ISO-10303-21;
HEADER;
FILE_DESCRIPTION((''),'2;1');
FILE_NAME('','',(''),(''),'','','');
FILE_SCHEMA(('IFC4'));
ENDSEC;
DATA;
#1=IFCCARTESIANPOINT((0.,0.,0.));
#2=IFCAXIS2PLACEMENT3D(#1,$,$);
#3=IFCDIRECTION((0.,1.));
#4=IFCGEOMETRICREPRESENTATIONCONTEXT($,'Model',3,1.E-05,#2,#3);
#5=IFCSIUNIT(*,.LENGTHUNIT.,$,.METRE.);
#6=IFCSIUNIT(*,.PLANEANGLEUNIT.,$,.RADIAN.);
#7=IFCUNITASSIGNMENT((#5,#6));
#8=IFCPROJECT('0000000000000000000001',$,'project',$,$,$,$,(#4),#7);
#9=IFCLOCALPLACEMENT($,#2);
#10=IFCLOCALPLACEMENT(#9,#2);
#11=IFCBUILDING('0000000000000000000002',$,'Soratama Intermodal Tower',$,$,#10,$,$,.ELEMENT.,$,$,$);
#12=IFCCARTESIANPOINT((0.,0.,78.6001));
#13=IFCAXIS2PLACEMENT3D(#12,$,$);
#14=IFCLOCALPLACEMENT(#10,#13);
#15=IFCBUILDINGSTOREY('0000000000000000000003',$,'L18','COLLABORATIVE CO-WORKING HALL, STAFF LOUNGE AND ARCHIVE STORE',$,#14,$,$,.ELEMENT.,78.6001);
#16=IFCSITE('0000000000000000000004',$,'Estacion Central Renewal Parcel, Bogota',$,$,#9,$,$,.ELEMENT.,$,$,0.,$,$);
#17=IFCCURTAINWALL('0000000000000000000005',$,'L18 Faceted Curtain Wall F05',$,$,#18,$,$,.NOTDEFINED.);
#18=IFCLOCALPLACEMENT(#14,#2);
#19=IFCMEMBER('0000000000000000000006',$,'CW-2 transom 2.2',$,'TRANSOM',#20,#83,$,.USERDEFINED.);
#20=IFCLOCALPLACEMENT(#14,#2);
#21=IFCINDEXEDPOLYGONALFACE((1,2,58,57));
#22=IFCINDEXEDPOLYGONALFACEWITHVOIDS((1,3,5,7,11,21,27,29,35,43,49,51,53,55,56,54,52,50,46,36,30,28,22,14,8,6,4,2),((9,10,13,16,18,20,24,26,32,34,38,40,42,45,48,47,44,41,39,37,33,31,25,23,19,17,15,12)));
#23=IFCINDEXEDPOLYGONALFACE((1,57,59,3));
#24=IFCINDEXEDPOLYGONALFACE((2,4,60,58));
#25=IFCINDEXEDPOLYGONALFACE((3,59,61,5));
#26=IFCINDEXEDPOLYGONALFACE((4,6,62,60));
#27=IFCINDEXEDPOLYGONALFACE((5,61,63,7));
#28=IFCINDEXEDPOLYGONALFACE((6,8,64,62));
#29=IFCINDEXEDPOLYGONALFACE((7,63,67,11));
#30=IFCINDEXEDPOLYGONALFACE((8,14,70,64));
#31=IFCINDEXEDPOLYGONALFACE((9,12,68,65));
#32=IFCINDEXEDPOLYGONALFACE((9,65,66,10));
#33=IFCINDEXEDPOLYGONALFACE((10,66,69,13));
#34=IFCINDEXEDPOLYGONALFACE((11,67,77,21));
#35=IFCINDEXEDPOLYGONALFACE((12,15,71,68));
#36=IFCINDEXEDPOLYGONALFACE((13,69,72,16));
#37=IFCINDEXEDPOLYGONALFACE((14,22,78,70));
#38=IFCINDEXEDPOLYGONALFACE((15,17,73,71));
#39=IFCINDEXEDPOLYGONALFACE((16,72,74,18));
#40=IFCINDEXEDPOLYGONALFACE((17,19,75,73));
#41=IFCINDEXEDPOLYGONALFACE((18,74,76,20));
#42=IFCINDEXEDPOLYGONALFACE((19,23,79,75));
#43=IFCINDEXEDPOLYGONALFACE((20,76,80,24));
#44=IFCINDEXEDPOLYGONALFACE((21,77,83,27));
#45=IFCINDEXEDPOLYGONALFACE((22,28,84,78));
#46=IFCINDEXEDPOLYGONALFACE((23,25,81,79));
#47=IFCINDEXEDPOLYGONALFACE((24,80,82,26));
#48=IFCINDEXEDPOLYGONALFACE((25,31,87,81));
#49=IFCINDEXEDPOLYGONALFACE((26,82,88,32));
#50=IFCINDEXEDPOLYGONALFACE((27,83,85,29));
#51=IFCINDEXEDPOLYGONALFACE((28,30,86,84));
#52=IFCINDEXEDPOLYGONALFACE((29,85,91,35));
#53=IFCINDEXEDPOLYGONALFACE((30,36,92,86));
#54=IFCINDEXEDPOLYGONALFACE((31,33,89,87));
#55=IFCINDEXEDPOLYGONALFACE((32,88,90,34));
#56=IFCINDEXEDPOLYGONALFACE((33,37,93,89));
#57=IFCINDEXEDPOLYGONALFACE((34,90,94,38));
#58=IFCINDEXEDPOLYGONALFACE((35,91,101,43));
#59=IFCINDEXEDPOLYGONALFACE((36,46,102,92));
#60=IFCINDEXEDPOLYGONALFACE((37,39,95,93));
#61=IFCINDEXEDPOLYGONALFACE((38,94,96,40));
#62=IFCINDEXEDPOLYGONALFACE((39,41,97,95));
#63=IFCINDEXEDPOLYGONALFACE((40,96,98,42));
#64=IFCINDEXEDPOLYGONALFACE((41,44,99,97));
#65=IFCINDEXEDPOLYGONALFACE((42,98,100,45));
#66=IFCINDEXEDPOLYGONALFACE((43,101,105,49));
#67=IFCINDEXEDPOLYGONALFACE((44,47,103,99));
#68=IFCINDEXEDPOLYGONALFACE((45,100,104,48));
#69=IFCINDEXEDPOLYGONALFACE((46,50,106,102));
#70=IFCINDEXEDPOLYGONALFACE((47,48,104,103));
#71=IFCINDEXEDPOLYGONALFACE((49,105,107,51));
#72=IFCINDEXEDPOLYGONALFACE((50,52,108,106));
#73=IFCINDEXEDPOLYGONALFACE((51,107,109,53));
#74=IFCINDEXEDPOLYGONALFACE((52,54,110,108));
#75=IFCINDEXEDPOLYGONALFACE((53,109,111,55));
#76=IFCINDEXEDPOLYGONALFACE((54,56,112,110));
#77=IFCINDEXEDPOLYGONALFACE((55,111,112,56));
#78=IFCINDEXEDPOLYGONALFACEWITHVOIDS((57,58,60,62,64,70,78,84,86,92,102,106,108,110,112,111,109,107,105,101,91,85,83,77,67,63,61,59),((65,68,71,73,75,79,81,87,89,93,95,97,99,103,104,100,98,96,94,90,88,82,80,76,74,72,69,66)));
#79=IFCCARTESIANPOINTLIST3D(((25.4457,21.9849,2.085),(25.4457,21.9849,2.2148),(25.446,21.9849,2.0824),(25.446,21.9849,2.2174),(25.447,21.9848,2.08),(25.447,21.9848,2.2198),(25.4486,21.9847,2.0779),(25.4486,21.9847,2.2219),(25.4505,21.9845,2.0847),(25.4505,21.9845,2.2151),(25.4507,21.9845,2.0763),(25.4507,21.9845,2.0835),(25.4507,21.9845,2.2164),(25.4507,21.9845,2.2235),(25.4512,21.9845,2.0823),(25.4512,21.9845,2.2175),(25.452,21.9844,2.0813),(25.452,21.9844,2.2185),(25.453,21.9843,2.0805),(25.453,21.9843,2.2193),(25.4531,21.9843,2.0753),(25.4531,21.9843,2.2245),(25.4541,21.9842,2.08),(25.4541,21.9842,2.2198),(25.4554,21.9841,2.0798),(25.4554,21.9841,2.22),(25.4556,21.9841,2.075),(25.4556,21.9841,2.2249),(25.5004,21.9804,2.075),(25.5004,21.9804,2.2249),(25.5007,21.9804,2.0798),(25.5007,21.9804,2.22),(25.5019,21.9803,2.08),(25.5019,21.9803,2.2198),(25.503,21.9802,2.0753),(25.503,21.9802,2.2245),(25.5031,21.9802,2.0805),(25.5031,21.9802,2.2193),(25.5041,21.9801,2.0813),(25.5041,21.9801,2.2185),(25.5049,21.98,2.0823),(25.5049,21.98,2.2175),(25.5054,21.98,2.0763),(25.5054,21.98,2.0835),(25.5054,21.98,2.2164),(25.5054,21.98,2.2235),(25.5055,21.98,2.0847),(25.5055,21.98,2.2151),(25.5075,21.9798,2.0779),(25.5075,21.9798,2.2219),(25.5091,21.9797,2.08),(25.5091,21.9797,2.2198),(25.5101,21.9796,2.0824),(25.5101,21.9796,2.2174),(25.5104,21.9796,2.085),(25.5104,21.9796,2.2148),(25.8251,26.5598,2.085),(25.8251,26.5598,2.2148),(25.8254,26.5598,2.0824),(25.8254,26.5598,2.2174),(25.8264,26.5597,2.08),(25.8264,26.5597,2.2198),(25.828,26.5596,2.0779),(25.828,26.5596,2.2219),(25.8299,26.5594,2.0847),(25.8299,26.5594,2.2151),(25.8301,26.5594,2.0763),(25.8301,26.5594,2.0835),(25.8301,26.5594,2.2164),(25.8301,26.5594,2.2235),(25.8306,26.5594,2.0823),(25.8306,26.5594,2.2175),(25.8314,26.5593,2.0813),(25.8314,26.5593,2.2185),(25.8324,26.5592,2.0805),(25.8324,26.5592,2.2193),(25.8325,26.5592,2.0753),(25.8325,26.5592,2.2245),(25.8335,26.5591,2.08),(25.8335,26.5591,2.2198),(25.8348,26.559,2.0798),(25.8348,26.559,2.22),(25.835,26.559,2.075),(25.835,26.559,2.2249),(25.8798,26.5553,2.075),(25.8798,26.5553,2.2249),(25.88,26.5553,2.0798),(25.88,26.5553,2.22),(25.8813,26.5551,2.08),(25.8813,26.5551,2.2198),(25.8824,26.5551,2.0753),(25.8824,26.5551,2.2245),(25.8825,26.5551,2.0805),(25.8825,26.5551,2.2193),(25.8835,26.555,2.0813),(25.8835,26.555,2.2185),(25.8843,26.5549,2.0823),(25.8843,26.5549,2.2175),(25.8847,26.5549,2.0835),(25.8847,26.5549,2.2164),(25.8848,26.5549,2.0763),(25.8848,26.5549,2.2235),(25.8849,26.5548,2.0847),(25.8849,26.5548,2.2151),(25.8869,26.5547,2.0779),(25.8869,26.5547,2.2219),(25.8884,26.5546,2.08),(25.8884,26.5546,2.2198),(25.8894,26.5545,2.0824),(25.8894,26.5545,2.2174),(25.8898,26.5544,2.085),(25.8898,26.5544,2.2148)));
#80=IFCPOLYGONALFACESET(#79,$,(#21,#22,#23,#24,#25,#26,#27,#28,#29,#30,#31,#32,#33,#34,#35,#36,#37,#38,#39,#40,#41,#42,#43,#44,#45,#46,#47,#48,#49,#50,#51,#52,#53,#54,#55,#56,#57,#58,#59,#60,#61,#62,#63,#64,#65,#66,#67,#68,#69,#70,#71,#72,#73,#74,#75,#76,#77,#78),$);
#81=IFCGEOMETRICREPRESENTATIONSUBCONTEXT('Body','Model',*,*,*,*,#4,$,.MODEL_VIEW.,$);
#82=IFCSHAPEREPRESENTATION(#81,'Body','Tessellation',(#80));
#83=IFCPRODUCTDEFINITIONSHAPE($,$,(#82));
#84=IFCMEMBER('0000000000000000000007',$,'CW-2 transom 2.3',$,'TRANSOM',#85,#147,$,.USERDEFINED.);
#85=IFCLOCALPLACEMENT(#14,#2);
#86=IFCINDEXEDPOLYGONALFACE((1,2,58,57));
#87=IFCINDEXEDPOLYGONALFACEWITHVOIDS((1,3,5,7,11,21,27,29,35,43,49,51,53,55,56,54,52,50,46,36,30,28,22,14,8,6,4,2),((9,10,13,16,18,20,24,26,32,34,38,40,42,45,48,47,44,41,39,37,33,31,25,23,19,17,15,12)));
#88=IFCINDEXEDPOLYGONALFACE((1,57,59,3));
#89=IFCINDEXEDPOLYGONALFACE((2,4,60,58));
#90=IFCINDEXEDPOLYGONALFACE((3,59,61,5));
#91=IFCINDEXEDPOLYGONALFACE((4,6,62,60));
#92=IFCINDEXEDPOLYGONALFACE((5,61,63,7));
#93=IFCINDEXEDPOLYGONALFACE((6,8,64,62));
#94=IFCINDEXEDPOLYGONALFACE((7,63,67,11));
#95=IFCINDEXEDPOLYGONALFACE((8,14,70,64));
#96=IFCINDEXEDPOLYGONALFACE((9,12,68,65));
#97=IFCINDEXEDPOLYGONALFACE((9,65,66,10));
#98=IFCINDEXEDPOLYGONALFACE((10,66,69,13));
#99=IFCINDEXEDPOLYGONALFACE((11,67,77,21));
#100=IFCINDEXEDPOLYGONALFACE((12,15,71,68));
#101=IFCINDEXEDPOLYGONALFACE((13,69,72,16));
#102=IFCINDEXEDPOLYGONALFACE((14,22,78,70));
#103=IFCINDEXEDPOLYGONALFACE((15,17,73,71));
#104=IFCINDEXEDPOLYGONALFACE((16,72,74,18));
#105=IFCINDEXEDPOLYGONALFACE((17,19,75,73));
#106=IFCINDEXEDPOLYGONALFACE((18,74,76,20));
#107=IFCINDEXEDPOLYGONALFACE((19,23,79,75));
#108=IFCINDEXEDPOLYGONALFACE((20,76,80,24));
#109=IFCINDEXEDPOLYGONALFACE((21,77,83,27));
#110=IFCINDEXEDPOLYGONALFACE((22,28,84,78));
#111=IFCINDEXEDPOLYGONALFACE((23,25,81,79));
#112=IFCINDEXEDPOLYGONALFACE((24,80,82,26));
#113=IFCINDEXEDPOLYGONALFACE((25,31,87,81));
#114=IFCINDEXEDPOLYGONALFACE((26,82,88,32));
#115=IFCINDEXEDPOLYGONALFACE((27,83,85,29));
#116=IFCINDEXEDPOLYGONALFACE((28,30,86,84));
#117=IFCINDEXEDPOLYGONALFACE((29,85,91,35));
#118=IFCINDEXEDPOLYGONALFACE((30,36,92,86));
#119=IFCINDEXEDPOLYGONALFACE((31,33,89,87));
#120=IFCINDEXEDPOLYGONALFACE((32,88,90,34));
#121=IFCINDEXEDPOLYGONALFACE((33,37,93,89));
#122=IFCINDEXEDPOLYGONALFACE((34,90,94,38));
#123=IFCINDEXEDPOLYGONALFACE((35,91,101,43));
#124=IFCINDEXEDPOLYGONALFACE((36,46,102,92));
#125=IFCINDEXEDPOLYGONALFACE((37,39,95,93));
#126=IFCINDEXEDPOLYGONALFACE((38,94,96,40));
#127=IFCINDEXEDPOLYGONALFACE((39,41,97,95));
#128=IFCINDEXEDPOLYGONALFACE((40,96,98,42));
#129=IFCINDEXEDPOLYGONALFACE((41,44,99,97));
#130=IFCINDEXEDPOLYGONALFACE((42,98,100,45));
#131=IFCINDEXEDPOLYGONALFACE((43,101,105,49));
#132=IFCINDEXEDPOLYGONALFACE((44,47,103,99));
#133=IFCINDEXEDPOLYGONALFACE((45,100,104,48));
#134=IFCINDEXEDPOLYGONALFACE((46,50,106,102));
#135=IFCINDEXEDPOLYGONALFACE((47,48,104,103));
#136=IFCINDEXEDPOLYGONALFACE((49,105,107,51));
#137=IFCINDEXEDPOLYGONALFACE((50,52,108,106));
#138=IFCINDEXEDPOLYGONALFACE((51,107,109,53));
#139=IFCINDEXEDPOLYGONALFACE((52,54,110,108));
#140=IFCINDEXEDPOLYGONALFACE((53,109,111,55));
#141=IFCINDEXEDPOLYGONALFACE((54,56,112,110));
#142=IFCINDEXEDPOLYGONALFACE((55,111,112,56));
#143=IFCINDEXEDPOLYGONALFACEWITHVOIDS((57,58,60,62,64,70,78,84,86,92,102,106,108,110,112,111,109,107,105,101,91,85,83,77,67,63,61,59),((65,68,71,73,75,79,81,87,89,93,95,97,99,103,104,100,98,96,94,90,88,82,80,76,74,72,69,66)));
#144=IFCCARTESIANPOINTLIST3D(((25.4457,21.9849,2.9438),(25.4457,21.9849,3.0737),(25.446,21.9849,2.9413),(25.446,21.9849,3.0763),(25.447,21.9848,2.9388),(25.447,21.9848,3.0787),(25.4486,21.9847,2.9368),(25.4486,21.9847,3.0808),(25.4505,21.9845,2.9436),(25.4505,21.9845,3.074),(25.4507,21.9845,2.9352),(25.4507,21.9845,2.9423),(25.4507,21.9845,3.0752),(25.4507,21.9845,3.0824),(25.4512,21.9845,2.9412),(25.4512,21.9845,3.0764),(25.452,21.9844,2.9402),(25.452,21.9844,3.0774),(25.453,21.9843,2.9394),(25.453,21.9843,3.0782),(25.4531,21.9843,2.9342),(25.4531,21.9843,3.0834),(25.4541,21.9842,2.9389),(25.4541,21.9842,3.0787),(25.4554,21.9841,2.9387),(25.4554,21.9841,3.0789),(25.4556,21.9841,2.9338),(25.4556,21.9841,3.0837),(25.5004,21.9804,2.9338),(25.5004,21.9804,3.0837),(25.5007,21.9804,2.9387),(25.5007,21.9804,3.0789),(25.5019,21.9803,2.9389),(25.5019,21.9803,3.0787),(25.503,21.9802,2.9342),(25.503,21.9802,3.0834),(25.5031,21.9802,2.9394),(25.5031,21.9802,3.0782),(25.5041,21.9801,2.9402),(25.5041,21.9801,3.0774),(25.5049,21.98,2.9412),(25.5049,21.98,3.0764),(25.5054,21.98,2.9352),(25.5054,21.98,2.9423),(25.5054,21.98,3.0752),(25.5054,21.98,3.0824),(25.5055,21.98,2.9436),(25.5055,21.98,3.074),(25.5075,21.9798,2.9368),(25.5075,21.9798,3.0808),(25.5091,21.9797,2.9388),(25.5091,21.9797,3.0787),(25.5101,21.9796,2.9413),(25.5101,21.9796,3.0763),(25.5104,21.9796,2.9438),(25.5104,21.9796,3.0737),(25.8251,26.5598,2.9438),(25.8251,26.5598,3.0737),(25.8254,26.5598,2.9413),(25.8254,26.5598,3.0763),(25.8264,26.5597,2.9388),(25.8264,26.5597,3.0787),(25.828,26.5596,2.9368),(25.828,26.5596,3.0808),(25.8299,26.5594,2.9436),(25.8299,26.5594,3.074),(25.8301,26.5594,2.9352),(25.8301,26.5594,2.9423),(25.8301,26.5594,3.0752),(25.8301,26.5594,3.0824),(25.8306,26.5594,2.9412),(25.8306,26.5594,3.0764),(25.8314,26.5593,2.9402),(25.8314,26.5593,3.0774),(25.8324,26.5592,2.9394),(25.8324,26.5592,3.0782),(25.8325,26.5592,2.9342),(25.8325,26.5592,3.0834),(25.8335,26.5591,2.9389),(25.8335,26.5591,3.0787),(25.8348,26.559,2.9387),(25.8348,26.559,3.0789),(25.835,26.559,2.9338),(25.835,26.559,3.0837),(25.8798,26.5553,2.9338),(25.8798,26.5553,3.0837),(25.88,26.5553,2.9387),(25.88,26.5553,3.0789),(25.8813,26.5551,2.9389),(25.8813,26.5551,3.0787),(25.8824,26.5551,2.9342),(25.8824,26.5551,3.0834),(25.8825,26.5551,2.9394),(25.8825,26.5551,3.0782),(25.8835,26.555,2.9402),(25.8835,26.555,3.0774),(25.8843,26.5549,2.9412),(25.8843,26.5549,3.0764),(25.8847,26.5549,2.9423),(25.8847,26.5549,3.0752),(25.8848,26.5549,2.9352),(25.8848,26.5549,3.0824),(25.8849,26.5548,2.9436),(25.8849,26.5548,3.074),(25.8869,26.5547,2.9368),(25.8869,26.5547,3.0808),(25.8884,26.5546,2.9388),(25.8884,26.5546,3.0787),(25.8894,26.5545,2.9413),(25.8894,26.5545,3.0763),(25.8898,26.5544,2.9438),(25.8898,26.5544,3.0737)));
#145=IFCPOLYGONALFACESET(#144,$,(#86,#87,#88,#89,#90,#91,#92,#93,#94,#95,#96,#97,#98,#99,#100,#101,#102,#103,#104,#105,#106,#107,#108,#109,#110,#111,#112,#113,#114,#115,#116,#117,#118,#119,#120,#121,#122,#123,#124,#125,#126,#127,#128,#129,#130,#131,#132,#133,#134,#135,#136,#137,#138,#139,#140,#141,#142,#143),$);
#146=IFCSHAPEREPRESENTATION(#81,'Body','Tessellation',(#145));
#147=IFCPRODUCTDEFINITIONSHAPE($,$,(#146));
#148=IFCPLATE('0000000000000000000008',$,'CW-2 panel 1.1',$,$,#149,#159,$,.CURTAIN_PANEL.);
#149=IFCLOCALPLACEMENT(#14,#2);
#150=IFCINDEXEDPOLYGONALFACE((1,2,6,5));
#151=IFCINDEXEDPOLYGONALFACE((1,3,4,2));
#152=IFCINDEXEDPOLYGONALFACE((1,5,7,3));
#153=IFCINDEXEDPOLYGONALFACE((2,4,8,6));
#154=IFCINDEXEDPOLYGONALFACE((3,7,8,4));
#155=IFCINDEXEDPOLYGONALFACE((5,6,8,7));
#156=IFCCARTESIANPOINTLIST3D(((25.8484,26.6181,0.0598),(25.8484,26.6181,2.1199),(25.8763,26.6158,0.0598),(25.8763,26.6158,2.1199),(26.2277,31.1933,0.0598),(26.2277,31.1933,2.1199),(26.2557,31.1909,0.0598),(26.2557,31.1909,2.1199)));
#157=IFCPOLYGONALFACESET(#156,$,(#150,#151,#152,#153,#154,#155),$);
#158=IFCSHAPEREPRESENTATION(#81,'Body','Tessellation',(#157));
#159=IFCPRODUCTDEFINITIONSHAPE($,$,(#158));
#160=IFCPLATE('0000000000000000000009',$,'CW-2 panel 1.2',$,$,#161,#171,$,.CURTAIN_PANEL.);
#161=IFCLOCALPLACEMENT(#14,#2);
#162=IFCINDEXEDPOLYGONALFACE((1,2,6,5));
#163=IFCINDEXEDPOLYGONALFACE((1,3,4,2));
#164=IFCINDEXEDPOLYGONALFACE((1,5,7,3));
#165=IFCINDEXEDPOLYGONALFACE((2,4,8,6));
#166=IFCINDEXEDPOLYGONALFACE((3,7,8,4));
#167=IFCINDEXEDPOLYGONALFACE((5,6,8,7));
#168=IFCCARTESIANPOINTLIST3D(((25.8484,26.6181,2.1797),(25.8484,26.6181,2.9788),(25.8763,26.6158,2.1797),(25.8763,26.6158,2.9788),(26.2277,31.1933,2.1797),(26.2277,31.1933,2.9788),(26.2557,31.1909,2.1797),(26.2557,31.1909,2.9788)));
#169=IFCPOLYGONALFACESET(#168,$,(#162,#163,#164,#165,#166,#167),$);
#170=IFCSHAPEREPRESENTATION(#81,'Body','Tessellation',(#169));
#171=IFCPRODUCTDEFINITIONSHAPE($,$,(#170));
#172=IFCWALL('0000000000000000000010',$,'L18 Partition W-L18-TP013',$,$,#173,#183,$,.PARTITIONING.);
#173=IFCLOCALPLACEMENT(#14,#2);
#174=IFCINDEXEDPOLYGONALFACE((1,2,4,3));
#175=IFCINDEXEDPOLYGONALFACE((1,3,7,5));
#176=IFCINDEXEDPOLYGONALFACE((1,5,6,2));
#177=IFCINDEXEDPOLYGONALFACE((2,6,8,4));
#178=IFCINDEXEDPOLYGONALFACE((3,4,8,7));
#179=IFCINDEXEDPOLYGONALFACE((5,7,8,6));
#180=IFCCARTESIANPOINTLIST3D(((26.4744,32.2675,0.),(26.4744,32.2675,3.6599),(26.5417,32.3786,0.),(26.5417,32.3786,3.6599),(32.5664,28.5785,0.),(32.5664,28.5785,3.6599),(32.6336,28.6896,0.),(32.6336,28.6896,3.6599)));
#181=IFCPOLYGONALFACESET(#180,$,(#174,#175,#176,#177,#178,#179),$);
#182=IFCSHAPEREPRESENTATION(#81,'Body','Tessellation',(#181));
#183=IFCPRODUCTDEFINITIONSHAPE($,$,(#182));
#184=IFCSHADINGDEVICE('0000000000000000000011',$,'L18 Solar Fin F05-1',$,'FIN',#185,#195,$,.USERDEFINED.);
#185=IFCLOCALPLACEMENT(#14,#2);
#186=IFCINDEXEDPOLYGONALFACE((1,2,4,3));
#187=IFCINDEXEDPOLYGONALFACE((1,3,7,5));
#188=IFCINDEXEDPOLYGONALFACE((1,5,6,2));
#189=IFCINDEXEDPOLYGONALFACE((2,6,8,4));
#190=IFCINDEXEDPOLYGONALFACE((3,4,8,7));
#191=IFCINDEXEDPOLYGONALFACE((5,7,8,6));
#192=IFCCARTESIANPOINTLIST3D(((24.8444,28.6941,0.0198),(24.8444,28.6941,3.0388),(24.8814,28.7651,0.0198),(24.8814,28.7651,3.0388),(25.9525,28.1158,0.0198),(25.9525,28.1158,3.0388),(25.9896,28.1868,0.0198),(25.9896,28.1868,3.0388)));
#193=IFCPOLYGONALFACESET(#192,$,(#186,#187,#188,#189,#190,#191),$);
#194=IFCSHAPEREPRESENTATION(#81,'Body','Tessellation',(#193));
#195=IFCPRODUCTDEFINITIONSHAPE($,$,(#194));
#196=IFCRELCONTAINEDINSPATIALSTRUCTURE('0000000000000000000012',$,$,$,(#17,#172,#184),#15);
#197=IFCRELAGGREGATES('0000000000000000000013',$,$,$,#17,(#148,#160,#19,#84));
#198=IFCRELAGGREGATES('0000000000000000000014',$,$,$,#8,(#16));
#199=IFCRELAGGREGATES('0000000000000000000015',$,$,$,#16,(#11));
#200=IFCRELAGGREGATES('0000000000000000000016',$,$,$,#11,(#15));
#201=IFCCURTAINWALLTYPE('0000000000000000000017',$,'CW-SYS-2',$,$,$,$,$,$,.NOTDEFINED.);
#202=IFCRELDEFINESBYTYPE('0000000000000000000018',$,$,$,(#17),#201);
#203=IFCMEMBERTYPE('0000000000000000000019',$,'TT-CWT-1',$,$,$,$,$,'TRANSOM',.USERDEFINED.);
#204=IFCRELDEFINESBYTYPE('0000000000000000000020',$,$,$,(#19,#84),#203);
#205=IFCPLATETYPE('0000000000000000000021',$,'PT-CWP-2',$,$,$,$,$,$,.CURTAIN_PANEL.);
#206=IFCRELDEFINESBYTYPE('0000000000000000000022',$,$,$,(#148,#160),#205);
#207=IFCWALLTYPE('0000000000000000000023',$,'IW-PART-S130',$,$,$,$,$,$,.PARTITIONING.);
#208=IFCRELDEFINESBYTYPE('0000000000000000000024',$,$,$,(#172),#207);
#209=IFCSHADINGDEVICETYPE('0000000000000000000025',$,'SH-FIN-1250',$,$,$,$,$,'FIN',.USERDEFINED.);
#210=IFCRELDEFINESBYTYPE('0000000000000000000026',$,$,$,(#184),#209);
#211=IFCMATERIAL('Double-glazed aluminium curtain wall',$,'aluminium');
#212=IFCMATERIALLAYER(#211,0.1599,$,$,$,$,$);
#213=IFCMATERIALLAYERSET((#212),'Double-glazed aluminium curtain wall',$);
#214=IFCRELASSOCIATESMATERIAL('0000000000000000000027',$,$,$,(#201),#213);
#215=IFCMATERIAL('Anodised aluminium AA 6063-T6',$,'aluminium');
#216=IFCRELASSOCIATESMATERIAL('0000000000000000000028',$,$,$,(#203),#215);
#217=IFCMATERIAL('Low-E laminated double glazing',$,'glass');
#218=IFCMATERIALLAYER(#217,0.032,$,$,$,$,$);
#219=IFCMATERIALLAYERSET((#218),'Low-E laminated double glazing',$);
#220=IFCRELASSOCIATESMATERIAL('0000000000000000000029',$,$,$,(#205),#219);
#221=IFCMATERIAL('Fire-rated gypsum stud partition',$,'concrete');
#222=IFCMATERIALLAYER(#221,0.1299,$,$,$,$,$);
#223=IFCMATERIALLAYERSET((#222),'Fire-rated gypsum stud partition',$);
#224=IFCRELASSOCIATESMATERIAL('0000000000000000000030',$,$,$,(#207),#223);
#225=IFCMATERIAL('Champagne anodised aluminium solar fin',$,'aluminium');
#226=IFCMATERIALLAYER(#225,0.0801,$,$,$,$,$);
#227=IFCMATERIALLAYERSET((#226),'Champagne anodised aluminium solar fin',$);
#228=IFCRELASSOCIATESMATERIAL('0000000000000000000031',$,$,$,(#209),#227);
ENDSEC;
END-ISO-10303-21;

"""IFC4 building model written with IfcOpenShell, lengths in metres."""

from ifc_helpers import new_model, si_unit, direction, frame, frame_2d, origin, origin_2d, place, context, subcontext, project, spatial, rectangle, hollow_rectangle, extrude, material, layer, layer_set, material_profile, profile_set, type_object, element, aggregate, save


model = new_model("IFC4")

# Units and contexts
model_context = context("Model", 3, precision=1e-05, world=origin(), true_north=direction((0.0, 1.0)))
body_context = subcontext(model_context, "Body", "Model", "MODEL_VIEW")
ifc_project = project(units=[si_unit("LENGTHUNIT", "METRE"), si_unit("PLANEANGLEUNIT", "RADIAN")], contexts=[model_context])

# Site, building, storey
site_placement = place(None, origin())
site = spatial("IfcSite", under=ifc_project, at=site_placement, Name="Estacion Central Renewal Parcel, Bogota", CompositionType="ELEMENT", RefElevation=0.0)
building_placement = place(site_placement, origin())
building = spatial("IfcBuilding", under=site, at=building_placement, Name="Soratama Intermodal Tower", CompositionType="ELEMENT")
storey_placement = place(building_placement, frame((0.0, 0.0, 78.6001)))
storey = spatial("IfcBuildingStorey", under=building, at=storey_placement, Name="L18", Description="COLLABORATIVE CO-WORKING HALL, STAFF LOUNGE AND ARCHIVE STORE", CompositionType="ELEMENT", Elevation=78.6001)

# Curtain wall, members, plates
ifc_material_1 = material(Name="Double-glazed aluminium curtain wall", Category="aluminium")
ifc_layer_1 = layer(ifc_material_1, 0.1599)
ifc_layer_set_1 = layer_set([ifc_layer_1], Name="Double-glazed aluminium curtain wall")
curtain_wall_type = type_object("IfcCurtainWallType", Name="CW-SYS-2", PredefinedType="NOTDEFINED", material=ifc_layer_set_1)
curtain_wall_placement = place(storey_placement, origin())
curtain_wall = element("IfcCurtainWall", 1, at=curtain_wall_placement, inside=storey, type_object=curtain_wall_type, Name="L18 Faceted Curtain Wall F05", PredefinedType="NOTDEFINED")
ifc_material_2 = material(Name="Anodised aluminium AA 6063-T6", Category="aluminium")
ifc_material_profile_1 = material_profile(ifc_material_2, hollow_rectangle(XDim=0.0649, YDim=0.1499, WallThickness=0.0049, InnerFilletRadius=0.0049, OuterFilletRadius=0.01, at=origin_2d()), Name="CWT150X65X5")
ifc_profile_set_1 = profile_set([ifc_material_profile_1], Name="Anodised aluminium AA 6063-T6")
member_type_1 = type_object("IfcMemberType", Name="TT-CWT-1", ElementType="TRANSOM", PredefinedType="USERDEFINED", material=ifc_profile_set_1)
member_1_placement = place(storey_placement, frame((25.8574, 26.5571, 2.1499), z_axis=(-0.082645, -0.996579, 0.0), x_axis=(0.996579, -0.082645, 0.0)))
member_1 = element("IfcMember", 2, at=member_1_placement, type_object=member_type_1, Name="CW-2 transom 2.2", ObjectType="TRANSOM", PredefinedType="USERDEFINED", context=body_context, shape_type="SweptSolid", body=[
    extrude(hollow_rectangle(XDim=0.0649, YDim=0.1499, WallThickness=0.0049, InnerFilletRadius=0.0049, OuterFilletRadius=0.01, at=origin_2d()), origin(), (0.0, 0.0, 1.0), 4.5906),
])
member_2_placement = place(storey_placement, frame((25.8574, 26.5571, 3.0088), z_axis=(-0.082645, -0.996579, 0.0), x_axis=(0.996579, -0.082645, 0.0)))
member_2 = element("IfcMember", 3, at=member_2_placement, type_object=member_type_1, Name="CW-2 transom 2.3", ObjectType="TRANSOM", PredefinedType="USERDEFINED", context=body_context, shape_type="SweptSolid", body=[
    extrude(hollow_rectangle(XDim=0.0649, YDim=0.1499, WallThickness=0.0049, InnerFilletRadius=0.0049, OuterFilletRadius=0.01, at=origin_2d()), origin(), (0.0, 0.0, 1.0), 4.5906),
])
ifc_material_3 = material(Name="Low-E laminated double glazing", Category="glass")
ifc_layer_2 = layer(ifc_material_3, 0.032)
ifc_layer_set_2 = layer_set([ifc_layer_2], Name="Low-E laminated double glazing")
plate_type = type_object("IfcPlateType", Name="PT-CWP-2", PredefinedType="CURTAIN_PANEL", material=ifc_layer_set_2)
plate_1_placement = place(storey_placement, frame((26.052, 28.9045, 0.0598), z_axis=(0.0, 0.0, 1.0), x_axis=(-0.082626, -0.996581, 0.0)))
plate_1 = element("IfcPlate", 4, at=plate_1_placement, type_object=plate_type, Name="CW-2 panel 1.1", PredefinedType="CURTAIN_PANEL", context=body_context, shape_type="SweptSolid", body=[
    extrude(rectangle(XDim=4.5908, YDim=0.0281, at=origin_2d()), origin(), (0.0, 0.0, 1.0), 2.0601),
])
plate_2_placement = place(storey_placement, frame((26.052, 28.9045, 2.1797), z_axis=(0.0, 0.0, 1.0), x_axis=(-0.082626, -0.996581, 0.0)))
plate_2 = element("IfcPlate", 5, at=plate_2_placement, type_object=plate_type, Name="CW-2 panel 1.2", PredefinedType="CURTAIN_PANEL", context=body_context, shape_type="SweptSolid", body=[
    extrude(rectangle(XDim=4.5908, YDim=0.0281, at=origin_2d()), origin(), (0.0, 0.0, 1.0), 0.7991),
])
aggregate(curtain_wall, [plate_1, plate_2, member_1, member_2])

# Wall
ifc_material_4 = material(Name="Fire-rated gypsum stud partition", Category="concrete")
ifc_layer_3 = layer(ifc_material_4, 0.1299)
ifc_layer_set_3 = layer_set([ifc_layer_3], Name="Fire-rated gypsum stud partition")
wall_type = type_object("IfcWallType", Name="IW-PART-S130", PredefinedType="PARTITIONING", material=ifc_layer_set_3)
wall_placement = place(storey_placement, frame((32.6001, 28.634, 0.0), z_axis=(0.0, 0.0, 1.0), x_axis=(-0.855396, 0.517975, 0.0)))
element("IfcWall", 6, at=wall_placement, inside=storey, type_object=wall_type, Name="L18 Partition W-L18-TP013", PredefinedType="PARTITIONING", context=body_context, shape_type="SweptSolid", body=[
    extrude(rectangle(XDim=7.1218, YDim=0.1299, at=frame_2d((3.561, 0.0))), origin(), (0.0, 0.0, 1.0), 3.6599),
])

# Shading device
ifc_material_5 = material(Name="Champagne anodised aluminium solar fin", Category="aluminium")
ifc_layer_4 = layer(ifc_material_5, 0.0801)
ifc_layer_set_4 = layer_set([ifc_layer_4], Name="Champagne anodised aluminium solar fin")
shading_device_type = type_object("IfcShadingDeviceType", Name="SH-FIN-1250", ElementType="FIN", PredefinedType="USERDEFINED", material=ifc_layer_set_4)
for number, where, z_axis, x_axis, name in (
    (7, (25.417, 28.4404, 0.0198), (0.0, 0.0, 1.0), (-0.886527, 0.462677, 0.0), "L18 Solar Fin F05-1"),
):
    element("IfcShadingDevice", number, at=place(storey_placement, frame(where, z_axis=z_axis, x_axis=x_axis)), inside=storey, type_object=shading_device_type, Name=name, ObjectType="FIN", PredefinedType="USERDEFINED", context=body_context, shape_type="SweptSolid", body=[
        extrude(rectangle(XDim=1.25, YDim=0.0801, at=origin_2d()), origin(), (0.0, 0.0, 1.0), 3.019),
    ])

save(model, "model.ifc")
